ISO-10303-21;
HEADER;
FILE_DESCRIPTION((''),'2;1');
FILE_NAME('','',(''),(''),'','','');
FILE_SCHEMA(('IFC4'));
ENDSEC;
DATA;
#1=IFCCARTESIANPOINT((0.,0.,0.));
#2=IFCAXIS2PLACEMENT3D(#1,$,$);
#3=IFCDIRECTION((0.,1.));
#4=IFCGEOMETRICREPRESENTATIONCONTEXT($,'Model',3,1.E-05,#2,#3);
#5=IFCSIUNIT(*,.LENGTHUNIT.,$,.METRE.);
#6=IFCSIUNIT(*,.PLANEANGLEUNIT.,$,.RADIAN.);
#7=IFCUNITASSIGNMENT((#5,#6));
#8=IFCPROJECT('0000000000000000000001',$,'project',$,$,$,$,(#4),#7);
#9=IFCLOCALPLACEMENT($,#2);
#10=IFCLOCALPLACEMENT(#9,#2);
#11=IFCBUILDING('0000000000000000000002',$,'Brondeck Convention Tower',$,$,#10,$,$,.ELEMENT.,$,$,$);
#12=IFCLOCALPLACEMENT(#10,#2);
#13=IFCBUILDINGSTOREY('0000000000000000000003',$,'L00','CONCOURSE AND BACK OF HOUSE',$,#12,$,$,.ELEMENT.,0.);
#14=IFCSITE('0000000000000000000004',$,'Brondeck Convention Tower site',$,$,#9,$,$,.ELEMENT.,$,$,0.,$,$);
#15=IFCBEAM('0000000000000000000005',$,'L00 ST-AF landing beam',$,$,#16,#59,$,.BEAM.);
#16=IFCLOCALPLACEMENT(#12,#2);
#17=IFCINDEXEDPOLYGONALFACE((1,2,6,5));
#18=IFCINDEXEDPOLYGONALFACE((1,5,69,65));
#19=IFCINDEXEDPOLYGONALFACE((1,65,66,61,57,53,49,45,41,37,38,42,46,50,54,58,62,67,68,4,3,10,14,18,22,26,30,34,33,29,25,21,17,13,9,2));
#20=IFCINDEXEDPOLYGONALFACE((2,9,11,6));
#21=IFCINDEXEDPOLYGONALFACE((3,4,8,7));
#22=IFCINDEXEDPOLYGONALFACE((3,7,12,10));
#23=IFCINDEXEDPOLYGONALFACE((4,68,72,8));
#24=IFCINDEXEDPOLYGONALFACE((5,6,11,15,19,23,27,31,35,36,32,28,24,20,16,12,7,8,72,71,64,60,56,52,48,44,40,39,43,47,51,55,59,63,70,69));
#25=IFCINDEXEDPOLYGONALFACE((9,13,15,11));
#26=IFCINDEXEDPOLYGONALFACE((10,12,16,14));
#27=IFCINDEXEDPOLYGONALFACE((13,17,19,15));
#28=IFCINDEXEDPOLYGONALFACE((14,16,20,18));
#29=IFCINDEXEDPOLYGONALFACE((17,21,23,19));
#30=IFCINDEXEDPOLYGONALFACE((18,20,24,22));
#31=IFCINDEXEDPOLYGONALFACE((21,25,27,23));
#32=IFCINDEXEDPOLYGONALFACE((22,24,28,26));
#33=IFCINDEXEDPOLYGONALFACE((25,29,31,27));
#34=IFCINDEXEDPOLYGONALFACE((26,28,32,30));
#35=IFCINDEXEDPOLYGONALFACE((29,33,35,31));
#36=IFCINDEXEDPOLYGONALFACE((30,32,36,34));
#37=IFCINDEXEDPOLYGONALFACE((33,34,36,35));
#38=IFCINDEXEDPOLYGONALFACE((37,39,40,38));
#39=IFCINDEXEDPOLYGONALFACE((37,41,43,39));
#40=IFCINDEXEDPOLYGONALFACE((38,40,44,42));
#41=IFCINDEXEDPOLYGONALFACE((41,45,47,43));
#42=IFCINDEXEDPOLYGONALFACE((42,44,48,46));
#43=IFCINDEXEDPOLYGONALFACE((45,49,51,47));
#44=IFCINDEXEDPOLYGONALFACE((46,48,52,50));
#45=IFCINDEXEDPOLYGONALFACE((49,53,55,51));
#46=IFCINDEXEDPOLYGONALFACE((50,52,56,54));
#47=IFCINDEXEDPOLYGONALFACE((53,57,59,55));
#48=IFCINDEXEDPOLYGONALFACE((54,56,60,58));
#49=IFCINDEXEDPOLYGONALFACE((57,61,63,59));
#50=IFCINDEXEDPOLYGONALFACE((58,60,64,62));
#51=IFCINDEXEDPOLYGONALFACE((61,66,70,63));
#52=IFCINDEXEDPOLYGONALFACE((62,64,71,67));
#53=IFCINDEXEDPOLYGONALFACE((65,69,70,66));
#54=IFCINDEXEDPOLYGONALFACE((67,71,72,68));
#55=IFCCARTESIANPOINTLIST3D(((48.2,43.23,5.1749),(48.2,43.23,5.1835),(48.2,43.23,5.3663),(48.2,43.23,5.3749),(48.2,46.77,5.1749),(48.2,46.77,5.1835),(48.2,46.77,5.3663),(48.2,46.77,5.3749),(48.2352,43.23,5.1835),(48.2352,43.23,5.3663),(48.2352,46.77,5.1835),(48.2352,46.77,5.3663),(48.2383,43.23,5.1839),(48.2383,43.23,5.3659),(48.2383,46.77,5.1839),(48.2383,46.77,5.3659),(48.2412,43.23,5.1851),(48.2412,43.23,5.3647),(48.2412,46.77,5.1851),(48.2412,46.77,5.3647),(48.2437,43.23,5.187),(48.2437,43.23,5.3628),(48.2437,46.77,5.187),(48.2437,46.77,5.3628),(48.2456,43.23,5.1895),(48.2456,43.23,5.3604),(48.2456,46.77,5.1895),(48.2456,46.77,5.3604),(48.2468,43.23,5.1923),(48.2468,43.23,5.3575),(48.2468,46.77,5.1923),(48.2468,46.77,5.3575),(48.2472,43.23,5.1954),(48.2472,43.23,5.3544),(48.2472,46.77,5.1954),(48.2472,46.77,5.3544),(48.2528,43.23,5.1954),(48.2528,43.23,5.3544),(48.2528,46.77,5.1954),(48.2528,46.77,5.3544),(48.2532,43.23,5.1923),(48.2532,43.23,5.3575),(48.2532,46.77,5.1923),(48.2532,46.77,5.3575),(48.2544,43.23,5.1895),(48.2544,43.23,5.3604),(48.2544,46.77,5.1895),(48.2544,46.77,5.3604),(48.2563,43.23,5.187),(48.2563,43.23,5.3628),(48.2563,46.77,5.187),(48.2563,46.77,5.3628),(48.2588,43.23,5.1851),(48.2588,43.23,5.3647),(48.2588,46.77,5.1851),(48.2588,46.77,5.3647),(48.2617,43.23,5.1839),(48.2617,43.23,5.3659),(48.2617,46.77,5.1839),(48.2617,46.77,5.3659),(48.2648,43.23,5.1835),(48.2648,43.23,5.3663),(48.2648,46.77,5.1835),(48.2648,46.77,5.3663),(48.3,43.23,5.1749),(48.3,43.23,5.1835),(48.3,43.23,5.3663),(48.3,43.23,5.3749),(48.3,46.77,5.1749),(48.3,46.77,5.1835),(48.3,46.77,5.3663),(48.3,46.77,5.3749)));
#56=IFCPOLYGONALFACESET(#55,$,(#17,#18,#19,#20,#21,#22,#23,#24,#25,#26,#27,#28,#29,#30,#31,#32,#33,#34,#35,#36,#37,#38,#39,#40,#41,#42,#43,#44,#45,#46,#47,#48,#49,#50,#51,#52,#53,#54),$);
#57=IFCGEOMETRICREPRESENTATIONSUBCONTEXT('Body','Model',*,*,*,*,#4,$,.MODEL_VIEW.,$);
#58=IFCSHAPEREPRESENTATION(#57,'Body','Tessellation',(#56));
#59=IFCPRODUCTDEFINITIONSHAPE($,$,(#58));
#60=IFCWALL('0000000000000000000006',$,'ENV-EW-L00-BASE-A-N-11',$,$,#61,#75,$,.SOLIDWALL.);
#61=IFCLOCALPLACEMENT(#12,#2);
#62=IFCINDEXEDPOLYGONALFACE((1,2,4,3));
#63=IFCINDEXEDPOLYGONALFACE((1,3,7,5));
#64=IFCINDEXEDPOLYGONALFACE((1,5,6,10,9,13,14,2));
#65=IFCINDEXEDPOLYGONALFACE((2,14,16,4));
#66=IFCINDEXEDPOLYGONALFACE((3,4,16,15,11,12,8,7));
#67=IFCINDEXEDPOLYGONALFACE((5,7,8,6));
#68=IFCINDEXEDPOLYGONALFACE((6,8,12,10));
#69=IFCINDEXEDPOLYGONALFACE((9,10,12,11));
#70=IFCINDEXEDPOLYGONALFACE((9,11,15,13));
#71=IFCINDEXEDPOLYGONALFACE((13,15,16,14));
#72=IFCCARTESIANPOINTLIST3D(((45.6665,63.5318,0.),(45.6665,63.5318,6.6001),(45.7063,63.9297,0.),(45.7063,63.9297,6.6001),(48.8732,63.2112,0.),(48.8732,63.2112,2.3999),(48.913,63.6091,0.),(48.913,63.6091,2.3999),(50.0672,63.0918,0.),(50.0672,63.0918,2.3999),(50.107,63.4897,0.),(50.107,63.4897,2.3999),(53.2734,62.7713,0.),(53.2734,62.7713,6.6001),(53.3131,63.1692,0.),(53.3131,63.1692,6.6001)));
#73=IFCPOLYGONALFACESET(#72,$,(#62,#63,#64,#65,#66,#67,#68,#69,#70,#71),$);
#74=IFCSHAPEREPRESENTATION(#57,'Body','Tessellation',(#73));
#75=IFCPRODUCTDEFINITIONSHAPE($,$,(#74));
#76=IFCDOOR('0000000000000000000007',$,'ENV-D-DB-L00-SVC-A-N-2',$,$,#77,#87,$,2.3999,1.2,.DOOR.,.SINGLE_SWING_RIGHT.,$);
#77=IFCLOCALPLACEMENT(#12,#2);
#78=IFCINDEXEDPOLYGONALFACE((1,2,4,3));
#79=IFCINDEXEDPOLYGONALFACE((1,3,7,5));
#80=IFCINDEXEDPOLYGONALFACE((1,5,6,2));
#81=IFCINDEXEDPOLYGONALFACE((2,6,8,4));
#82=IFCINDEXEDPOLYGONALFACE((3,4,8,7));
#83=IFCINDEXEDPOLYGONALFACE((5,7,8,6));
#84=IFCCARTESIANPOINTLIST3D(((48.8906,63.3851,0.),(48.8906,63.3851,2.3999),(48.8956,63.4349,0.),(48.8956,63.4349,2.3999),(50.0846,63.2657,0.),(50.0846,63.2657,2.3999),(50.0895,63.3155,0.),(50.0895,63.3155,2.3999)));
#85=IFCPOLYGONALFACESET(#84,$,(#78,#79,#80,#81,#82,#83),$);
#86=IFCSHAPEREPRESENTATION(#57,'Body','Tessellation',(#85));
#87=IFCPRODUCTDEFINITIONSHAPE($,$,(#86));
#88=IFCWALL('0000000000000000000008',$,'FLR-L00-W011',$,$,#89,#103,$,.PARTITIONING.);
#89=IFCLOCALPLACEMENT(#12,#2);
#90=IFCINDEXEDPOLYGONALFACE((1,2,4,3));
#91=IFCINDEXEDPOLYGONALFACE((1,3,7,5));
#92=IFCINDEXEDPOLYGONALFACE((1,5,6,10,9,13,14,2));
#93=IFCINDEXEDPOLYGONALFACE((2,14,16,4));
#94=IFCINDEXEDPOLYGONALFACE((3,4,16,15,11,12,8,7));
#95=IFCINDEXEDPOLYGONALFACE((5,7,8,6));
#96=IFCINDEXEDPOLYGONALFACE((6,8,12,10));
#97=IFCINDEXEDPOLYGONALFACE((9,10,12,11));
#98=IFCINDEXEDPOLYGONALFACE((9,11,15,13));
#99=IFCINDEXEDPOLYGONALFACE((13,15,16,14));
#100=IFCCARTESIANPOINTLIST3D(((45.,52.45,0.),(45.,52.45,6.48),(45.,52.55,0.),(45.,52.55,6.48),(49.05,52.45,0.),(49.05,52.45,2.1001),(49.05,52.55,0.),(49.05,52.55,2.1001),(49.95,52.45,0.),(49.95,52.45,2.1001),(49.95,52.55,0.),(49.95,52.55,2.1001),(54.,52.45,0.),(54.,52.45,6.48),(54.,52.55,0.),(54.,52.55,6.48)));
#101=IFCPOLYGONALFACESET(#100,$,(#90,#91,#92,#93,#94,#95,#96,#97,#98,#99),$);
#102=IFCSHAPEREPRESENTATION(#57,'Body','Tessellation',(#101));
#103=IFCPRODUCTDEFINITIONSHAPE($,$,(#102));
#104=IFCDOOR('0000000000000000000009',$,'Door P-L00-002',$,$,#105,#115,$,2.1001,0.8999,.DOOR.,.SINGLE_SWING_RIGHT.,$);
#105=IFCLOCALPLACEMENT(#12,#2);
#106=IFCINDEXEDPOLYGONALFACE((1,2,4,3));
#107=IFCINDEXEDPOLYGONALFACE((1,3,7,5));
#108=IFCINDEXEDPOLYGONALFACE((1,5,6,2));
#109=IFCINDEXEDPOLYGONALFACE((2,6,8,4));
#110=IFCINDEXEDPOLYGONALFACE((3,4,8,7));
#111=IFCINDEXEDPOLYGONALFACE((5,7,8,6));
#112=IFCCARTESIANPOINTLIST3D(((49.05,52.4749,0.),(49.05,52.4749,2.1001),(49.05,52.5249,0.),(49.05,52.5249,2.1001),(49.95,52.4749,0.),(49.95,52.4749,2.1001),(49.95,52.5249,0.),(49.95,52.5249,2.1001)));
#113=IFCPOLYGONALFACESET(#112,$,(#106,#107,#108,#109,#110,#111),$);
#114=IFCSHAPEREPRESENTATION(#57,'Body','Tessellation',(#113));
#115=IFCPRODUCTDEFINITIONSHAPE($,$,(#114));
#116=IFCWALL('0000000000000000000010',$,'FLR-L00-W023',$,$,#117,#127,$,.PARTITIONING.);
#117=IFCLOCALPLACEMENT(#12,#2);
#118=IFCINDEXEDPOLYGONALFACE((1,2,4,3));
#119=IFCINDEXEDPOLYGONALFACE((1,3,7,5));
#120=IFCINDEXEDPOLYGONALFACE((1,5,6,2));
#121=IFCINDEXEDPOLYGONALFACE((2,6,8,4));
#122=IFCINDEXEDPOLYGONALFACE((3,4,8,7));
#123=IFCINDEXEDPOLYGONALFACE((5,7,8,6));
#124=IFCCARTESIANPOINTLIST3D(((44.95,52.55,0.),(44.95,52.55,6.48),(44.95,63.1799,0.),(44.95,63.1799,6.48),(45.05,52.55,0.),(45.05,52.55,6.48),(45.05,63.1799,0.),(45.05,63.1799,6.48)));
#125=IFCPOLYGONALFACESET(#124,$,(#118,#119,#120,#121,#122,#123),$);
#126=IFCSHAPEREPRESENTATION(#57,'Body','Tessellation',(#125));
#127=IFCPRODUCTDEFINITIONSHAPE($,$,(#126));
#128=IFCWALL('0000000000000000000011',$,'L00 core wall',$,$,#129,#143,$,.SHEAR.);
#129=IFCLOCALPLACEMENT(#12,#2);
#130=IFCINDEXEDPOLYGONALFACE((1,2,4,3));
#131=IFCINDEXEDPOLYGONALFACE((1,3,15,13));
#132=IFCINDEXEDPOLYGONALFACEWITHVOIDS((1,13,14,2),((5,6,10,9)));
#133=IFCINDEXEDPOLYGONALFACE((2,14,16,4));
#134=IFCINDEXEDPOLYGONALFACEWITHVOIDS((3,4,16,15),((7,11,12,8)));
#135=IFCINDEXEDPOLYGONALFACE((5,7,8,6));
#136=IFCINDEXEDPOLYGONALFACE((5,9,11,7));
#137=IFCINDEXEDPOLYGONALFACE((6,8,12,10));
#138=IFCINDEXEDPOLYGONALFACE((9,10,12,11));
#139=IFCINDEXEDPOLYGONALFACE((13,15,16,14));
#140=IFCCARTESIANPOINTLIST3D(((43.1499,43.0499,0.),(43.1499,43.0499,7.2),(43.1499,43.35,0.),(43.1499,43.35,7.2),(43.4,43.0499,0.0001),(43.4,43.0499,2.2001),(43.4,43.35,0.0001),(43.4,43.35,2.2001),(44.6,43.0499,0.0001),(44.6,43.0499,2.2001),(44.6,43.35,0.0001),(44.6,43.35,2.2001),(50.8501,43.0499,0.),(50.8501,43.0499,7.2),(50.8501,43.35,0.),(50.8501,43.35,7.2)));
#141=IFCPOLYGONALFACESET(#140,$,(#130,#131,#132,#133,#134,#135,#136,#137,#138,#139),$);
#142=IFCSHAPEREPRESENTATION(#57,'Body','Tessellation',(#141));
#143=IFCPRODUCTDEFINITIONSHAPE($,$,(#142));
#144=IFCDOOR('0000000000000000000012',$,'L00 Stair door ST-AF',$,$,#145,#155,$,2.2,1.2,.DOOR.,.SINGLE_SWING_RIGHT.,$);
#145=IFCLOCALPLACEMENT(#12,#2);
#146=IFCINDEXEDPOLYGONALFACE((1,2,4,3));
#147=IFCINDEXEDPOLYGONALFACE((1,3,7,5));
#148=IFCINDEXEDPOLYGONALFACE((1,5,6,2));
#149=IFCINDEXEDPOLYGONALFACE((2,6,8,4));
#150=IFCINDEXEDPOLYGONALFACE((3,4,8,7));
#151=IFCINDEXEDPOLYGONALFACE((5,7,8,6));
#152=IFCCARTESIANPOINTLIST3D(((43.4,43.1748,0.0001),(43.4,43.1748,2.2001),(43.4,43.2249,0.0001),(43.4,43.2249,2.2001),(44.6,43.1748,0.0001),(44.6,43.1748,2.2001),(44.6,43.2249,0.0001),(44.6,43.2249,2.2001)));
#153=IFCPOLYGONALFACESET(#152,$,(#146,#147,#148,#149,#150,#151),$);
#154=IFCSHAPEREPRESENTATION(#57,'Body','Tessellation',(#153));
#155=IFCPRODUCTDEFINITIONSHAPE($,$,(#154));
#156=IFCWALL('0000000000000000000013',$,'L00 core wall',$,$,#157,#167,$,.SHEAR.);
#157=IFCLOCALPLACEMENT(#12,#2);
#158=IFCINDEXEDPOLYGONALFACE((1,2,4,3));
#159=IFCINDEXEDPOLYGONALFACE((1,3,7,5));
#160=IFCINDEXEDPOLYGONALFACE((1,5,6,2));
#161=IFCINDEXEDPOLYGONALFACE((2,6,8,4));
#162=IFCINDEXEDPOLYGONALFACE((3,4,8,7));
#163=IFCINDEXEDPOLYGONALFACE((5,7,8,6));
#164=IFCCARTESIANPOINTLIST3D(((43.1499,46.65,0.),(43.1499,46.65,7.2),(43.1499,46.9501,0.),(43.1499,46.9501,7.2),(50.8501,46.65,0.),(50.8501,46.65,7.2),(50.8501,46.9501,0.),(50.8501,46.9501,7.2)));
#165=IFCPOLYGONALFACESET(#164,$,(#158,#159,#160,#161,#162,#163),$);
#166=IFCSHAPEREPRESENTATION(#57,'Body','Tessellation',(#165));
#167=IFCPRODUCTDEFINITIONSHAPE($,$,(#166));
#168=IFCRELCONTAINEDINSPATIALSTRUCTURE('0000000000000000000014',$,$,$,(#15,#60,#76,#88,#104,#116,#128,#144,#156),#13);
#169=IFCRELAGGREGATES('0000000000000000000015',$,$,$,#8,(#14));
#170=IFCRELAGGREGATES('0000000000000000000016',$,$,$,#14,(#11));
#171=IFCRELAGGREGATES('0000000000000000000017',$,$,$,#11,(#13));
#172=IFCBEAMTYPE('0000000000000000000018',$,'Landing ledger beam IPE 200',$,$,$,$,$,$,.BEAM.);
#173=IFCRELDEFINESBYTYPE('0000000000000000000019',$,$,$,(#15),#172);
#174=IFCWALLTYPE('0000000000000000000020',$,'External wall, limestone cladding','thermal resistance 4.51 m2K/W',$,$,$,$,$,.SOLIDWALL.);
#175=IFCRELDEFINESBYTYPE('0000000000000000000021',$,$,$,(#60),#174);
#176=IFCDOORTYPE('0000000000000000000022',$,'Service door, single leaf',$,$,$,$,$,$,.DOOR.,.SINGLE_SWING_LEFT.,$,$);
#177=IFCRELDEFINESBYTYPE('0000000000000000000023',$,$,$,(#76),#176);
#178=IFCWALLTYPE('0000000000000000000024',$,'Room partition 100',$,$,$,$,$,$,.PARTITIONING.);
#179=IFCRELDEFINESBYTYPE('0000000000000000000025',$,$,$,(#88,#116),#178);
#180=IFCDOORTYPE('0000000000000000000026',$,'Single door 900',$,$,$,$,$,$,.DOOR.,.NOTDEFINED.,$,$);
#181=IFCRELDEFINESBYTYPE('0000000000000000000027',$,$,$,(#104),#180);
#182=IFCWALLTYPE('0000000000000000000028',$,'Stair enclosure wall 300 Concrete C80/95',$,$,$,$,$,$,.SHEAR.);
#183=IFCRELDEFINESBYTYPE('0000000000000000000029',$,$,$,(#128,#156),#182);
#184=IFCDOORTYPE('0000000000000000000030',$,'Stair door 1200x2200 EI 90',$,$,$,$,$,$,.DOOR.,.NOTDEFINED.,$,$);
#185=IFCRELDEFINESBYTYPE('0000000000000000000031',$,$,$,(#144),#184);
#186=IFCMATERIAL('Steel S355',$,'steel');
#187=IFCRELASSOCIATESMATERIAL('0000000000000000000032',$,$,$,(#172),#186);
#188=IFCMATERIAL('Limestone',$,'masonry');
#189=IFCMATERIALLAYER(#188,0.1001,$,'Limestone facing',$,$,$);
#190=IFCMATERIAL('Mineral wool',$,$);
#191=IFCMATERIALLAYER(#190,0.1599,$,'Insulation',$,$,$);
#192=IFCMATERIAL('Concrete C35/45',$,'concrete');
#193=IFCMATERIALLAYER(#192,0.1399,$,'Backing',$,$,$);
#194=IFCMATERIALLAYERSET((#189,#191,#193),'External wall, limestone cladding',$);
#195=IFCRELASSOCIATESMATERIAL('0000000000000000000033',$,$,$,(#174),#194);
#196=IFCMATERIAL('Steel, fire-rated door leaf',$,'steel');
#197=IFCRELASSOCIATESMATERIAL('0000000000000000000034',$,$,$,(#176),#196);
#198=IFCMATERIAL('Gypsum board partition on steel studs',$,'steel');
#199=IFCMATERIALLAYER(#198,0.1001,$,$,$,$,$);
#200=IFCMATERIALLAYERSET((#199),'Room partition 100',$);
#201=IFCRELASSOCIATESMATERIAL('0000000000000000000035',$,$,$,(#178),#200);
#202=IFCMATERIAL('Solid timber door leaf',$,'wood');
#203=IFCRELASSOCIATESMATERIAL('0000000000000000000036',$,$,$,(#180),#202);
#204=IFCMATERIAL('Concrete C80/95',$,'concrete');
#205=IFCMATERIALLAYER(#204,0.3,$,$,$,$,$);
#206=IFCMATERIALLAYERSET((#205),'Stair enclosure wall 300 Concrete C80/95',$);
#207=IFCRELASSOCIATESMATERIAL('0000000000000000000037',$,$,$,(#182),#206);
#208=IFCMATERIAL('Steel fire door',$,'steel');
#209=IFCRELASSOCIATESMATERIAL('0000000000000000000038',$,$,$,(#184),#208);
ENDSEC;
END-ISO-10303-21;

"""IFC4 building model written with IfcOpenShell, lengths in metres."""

from ifc_helpers import new_model, si_unit, direction, frame, frame_2d, origin, origin_2d, place, context, subcontext, project, spatial, rectangle, i_section, extrude, material, layer, layer_set, material_profile, profile_set, type_object, element, fill, save


model = new_model("IFC4")

# Units and contexts
model_context = context("Model", 3, precision=1e-05, world=origin(), true_north=direction((0.0, 1.0)))
body_context = subcontext(model_context, "Body", "Model", "MODEL_VIEW")
ifc_project = project(units=[si_unit("LENGTHUNIT", "METRE"), si_unit("PLANEANGLEUNIT", "RADIAN")], contexts=[model_context])

# Site, building, storey
site_placement = place(None, origin())
site = spatial("IfcSite", under=ifc_project, at=site_placement, Name="Brondeck Convention Tower site", CompositionType="ELEMENT", RefElevation=0.0)
building_placement = place(site_placement, origin())
building = spatial("IfcBuilding", under=site, at=building_placement, Name="Brondeck Convention Tower", CompositionType="ELEMENT")
storey_placement = place(building_placement, origin())
storey = spatial("IfcBuildingStorey", under=building, at=storey_placement, Name="L00", Description="CONCOURSE AND BACK OF HOUSE", CompositionType="ELEMENT", Elevation=0.0)

# Shared definitions
ifc_material_1 = material(Name="Concrete C80/95", Category="concrete")

# Beam
ifc_material_2 = material(Name="Steel S355", Category="steel")
ifc_material_profile_1 = material_profile(ifc_material_2, i_section(OverallWidth=0.1001, OverallDepth=0.2, WebThickness=0.0056, FlangeThickness=0.0085, FilletRadius=0.012, at=origin_2d()), Name="IPE200")
ifc_profile_set_1 = profile_set([ifc_material_profile_1], Name="Steel S355")
beam_type = type_object("IfcBeamType", Name="Landing ledger beam IPE 200", PredefinedType="BEAM", material=ifc_profile_set_1)
for number, where, z_axis, x_axis, name in (
    (1, (48.25, 43.23, 5.2749), (0.0, 1.0, 0.0), (-1.0, 0.0, 0.0), "L00 ST-AF landing beam"),
):
    element("IfcBeam", number, at=place(storey_placement, frame(where, z_axis=z_axis, x_axis=x_axis)), inside=storey, type_object=beam_type, Name=name, PredefinedType="BEAM", context=body_context, shape_type="SweptSolid", body=[
        extrude(i_section(OverallWidth=0.1001, OverallDepth=0.2, WebThickness=0.0056, FlangeThickness=0.0085, FilletRadius=0.012, at=origin_2d()), origin(), (0.0, 0.0, 1.0), 3.54),
    ])

# Walls, openings, doors
ifc_material_3 = material(Name="Limestone", Category="masonry")
ifc_layer_1 = layer(ifc_material_3, 0.1001, Name="Limestone facing")
ifc_material_4 = material(Name="Mineral wool")
ifc_layer_2 = layer(ifc_material_4, 0.1599, Name="Insulation")
ifc_material_5 = material(Name="Concrete C35/45", Category="concrete")
ifc_layer_3 = layer(ifc_material_5, 0.1399, Name="Backing")
ifc_layer_set_1 = layer_set([ifc_layer_1, ifc_layer_2, ifc_layer_3], Name="External wall, limestone cladding")
wall_type_1 = type_object("IfcWallType", Name="External wall, limestone cladding", Description="thermal resistance 4.51 m2K/W", PredefinedType="SOLIDWALL", material=ifc_layer_set_1)
wall_1_placement = place(storey_placement, frame((45.6865, 63.7307, 0.0), z_axis=(0.0, 0.0, 1.0), x_axis=(0.99504, -0.099478, 0.0)))
wall_1 = element("IfcWall", 2, at=wall_1_placement, inside=storey, type_object=wall_type_1, Name="ENV-EW-L00-BASE-A-N-11", PredefinedType="SOLIDWALL", context=body_context, shape_type="SweptSolid", body=[
    extrude(rectangle(XDim=7.6448, YDim=0.3999, at=frame_2d((3.8223, 0.0))), origin(), (0.0, 0.0, 1.0), 6.6001),
])
opening_1_placement = place(wall_1_placement, frame((3.2224, 0.0, 0.0)))
opening_1 = element("IfcOpeningElement", 3, at=opening_1_placement, cuts=wall_1, PredefinedType="OPENING", context=body_context, shape_type="SweptSolid", body=[
    extrude(rectangle(XDim=1.2, YDim=2.3999, at=frame_2d((0.6001, 1.2))), frame((0.0, 0.21, 0.0), z_axis=(0.0, -1.0, 0.0), x_axis=(1.0, 0.0, 0.0)), (0.0, 0.0, 1.0), 0.4199),
])
ifc_material_6 = material(Name="Steel, fire-rated door leaf", Category="steel")
door_type_1 = type_object("IfcDoorType", Name="Service door, single leaf", OperationType="SINGLE_SWING_LEFT", PredefinedType="DOOR", material=ifc_material_6)
door_1_placement = place(opening_1_placement, origin())
door_1 = element("IfcDoor", 4, at=door_1_placement, inside=storey, type_object=door_type_1, Name="ENV-D-DB-L00-SVC-A-N-2", OperationType="SINGLE_SWING_RIGHT", OverallHeight=2.3999, OverallWidth=1.2, PredefinedType="DOOR", context=body_context, shape_type="SweptSolid", body=[
    extrude(rectangle(XDim=1.2, YDim=2.3999, at=frame_2d((0.6001, 1.2))), frame((0.0, 0.0249, 0.0), z_axis=(0.0, -1.0, 0.0), x_axis=(1.0, 0.0, 0.0)), (0.0, 0.0, 1.0), 0.05),
])
fill(opening_1, door_1)
ifc_material_7 = material(Name="Gypsum board partition on steel studs", Category="steel")
ifc_layer_4 = layer(ifc_material_7, 0.1001)
ifc_layer_set_2 = layer_set([ifc_layer_4], Name="Room partition 100")
wall_type_2 = type_object("IfcWallType", Name="Room partition 100", PredefinedType="PARTITIONING", material=ifc_layer_set_2)
wall_2_placement = place(storey_placement, frame((45.0, 52.5, 0.0), z_axis=(0.0, 0.0, 1.0), x_axis=(1.0, 0.0, 0.0)))
wall_2 = element("IfcWall", 5, at=wall_2_placement, inside=storey, type_object=wall_type_2, Name="FLR-L00-W011", PredefinedType="PARTITIONING", context=body_context, shape_type="SweptSolid", body=[
    extrude(rectangle(XDim=9.0, YDim=0.1001, at=frame_2d((4.5, 0.0))), origin(), (0.0, 0.0, 1.0), 6.48),
])
opening_2_placement = place(wall_2_placement, frame((4.05, 0.0, 0.0)))
opening_2 = element("IfcOpeningElement", 6, at=opening_2_placement, cuts=wall_2, PredefinedType="OPENING", context=body_context, shape_type="SweptSolid", body=[
    extrude(rectangle(XDim=0.8999, YDim=2.1001, at=frame_2d((0.45, 1.05))), frame((0.0, 0.0601, 0.0), z_axis=(0.0, -1.0, 0.0), x_axis=(1.0, 0.0, 0.0)), (0.0, 0.0, 1.0), 0.1201),
])
ifc_material_8 = material(Name="Solid timber door leaf", Category="wood")
door_type_2 = type_object("IfcDoorType", Name="Single door 900", OperationType="NOTDEFINED", PredefinedType="DOOR", material=ifc_material_8)
door_2_placement = place(opening_2_placement, origin())
door_2 = element("IfcDoor", 7, at=door_2_placement, inside=storey, type_object=door_type_2, Name="Door P-L00-002", OperationType="SINGLE_SWING_RIGHT", OverallHeight=2.1001, OverallWidth=0.8999, PredefinedType="DOOR", context=body_context, shape_type="SweptSolid", body=[
    extrude(rectangle(XDim=0.8999, YDim=2.1001, at=frame_2d((0.45, 1.05))), frame((0.0, 0.0249, 0.0), z_axis=(0.0, -1.0, 0.0), x_axis=(1.0, 0.0, 0.0)), (0.0, 0.0, 1.0), 0.05),
])
fill(opening_2, door_2)

# Wall
wall_3_placement = place(storey_placement, frame((45.0, 63.1799, 0.0), z_axis=(0.0, 0.0, 1.0), x_axis=(0.0, -1.0, 0.0)))
element("IfcWall", 8, at=wall_3_placement, inside=storey, type_object=wall_type_2, Name="FLR-L00-W023", PredefinedType="PARTITIONING", context=body_context, shape_type="SweptSolid", body=[
    extrude(rectangle(XDim=10.6299, YDim=0.1001, at=frame_2d((5.3149, 0.0))), origin(), (0.0, 0.0, 1.0), 6.48),
])

# Wall, opening, door
ifc_layer_5 = layer(ifc_material_1, 0.3)
ifc_layer_set_3 = layer_set([ifc_layer_5], Name="Stair enclosure wall 300 Concrete C80/95")
wall_type_3 = type_object("IfcWallType", Name="Stair enclosure wall 300 Concrete C80/95", PredefinedType="SHEAR", material=ifc_layer_set_3)
wall_4_placement = place(storey_placement, frame((43.1499, 43.2, 0.0), z_axis=(0.0, 0.0, 1.0), x_axis=(1.0, 0.0, 0.0)))
wall_4 = element("IfcWall", 9, at=wall_4_placement, inside=storey, type_object=wall_type_3, Name="L00 core wall", PredefinedType="SHEAR", context=body_context, shape_type="SweptSolid", body=[
    extrude(rectangle(XDim=7.7002, YDim=0.3, at=frame_2d((3.8501, 0.0))), origin(), (0.0, 0.0, 1.0), 7.2),
])
opening_3_placement = place(wall_4_placement, frame((0.25, 0.0, 0.0)))
opening_3 = element("IfcOpeningElement", 10, at=opening_3_placement, cuts=wall_4, PredefinedType="OPENING", context=body_context, shape_type="SweptSolid", body=[
    extrude(rectangle(XDim=1.2, YDim=2.2, at=frame_2d((0.6001, 1.1001))), frame((0.0, 0.1599, 0.0), z_axis=(0.0, -1.0, 0.0), x_axis=(1.0, 0.0, 0.0)), (0.0, 0.0, 1.0), 0.3201),
])
ifc_material_9 = material(Name="Steel fire door", Category="steel")
door_type_3 = type_object("IfcDoorType", Name="Stair door 1200x2200 EI 90", OperationType="NOTDEFINED", PredefinedType="DOOR", material=ifc_material_9)
door_3_placement = place(opening_3_placement, origin())
door_3 = element("IfcDoor", 11, at=door_3_placement, inside=storey, type_object=door_type_3, Name="L00 Stair door ST-AF", OperationType="SINGLE_SWING_RIGHT", OverallHeight=2.2, OverallWidth=1.2, PredefinedType="DOOR", context=body_context, shape_type="SweptSolid", body=[
    extrude(rectangle(XDim=1.2, YDim=2.2, at=frame_2d((0.6001, 1.1001))), frame((0.0, 0.0249, 0.0), z_axis=(0.0, -1.0, 0.0), x_axis=(1.0, 0.0, 0.0)), (0.0, 0.0, 1.0), 0.05),
])
fill(opening_3, door_3)

# Wall
wall_5_placement = place(storey_placement, frame((43.1499, 46.8, 0.0), z_axis=(0.0, 0.0, 1.0), x_axis=(1.0, 0.0, 0.0)))
element("IfcWall", 12, at=wall_5_placement, inside=storey, type_object=wall_type_3, Name="L00 core wall", PredefinedType="SHEAR", context=body_context, shape_type="SweptSolid", body=[
    extrude(rectangle(XDim=7.7002, YDim=0.3, at=frame_2d((3.8501, 0.0))), origin(), (0.0, 0.0, 1.0), 7.2),
])

save(model, "model.ifc")
